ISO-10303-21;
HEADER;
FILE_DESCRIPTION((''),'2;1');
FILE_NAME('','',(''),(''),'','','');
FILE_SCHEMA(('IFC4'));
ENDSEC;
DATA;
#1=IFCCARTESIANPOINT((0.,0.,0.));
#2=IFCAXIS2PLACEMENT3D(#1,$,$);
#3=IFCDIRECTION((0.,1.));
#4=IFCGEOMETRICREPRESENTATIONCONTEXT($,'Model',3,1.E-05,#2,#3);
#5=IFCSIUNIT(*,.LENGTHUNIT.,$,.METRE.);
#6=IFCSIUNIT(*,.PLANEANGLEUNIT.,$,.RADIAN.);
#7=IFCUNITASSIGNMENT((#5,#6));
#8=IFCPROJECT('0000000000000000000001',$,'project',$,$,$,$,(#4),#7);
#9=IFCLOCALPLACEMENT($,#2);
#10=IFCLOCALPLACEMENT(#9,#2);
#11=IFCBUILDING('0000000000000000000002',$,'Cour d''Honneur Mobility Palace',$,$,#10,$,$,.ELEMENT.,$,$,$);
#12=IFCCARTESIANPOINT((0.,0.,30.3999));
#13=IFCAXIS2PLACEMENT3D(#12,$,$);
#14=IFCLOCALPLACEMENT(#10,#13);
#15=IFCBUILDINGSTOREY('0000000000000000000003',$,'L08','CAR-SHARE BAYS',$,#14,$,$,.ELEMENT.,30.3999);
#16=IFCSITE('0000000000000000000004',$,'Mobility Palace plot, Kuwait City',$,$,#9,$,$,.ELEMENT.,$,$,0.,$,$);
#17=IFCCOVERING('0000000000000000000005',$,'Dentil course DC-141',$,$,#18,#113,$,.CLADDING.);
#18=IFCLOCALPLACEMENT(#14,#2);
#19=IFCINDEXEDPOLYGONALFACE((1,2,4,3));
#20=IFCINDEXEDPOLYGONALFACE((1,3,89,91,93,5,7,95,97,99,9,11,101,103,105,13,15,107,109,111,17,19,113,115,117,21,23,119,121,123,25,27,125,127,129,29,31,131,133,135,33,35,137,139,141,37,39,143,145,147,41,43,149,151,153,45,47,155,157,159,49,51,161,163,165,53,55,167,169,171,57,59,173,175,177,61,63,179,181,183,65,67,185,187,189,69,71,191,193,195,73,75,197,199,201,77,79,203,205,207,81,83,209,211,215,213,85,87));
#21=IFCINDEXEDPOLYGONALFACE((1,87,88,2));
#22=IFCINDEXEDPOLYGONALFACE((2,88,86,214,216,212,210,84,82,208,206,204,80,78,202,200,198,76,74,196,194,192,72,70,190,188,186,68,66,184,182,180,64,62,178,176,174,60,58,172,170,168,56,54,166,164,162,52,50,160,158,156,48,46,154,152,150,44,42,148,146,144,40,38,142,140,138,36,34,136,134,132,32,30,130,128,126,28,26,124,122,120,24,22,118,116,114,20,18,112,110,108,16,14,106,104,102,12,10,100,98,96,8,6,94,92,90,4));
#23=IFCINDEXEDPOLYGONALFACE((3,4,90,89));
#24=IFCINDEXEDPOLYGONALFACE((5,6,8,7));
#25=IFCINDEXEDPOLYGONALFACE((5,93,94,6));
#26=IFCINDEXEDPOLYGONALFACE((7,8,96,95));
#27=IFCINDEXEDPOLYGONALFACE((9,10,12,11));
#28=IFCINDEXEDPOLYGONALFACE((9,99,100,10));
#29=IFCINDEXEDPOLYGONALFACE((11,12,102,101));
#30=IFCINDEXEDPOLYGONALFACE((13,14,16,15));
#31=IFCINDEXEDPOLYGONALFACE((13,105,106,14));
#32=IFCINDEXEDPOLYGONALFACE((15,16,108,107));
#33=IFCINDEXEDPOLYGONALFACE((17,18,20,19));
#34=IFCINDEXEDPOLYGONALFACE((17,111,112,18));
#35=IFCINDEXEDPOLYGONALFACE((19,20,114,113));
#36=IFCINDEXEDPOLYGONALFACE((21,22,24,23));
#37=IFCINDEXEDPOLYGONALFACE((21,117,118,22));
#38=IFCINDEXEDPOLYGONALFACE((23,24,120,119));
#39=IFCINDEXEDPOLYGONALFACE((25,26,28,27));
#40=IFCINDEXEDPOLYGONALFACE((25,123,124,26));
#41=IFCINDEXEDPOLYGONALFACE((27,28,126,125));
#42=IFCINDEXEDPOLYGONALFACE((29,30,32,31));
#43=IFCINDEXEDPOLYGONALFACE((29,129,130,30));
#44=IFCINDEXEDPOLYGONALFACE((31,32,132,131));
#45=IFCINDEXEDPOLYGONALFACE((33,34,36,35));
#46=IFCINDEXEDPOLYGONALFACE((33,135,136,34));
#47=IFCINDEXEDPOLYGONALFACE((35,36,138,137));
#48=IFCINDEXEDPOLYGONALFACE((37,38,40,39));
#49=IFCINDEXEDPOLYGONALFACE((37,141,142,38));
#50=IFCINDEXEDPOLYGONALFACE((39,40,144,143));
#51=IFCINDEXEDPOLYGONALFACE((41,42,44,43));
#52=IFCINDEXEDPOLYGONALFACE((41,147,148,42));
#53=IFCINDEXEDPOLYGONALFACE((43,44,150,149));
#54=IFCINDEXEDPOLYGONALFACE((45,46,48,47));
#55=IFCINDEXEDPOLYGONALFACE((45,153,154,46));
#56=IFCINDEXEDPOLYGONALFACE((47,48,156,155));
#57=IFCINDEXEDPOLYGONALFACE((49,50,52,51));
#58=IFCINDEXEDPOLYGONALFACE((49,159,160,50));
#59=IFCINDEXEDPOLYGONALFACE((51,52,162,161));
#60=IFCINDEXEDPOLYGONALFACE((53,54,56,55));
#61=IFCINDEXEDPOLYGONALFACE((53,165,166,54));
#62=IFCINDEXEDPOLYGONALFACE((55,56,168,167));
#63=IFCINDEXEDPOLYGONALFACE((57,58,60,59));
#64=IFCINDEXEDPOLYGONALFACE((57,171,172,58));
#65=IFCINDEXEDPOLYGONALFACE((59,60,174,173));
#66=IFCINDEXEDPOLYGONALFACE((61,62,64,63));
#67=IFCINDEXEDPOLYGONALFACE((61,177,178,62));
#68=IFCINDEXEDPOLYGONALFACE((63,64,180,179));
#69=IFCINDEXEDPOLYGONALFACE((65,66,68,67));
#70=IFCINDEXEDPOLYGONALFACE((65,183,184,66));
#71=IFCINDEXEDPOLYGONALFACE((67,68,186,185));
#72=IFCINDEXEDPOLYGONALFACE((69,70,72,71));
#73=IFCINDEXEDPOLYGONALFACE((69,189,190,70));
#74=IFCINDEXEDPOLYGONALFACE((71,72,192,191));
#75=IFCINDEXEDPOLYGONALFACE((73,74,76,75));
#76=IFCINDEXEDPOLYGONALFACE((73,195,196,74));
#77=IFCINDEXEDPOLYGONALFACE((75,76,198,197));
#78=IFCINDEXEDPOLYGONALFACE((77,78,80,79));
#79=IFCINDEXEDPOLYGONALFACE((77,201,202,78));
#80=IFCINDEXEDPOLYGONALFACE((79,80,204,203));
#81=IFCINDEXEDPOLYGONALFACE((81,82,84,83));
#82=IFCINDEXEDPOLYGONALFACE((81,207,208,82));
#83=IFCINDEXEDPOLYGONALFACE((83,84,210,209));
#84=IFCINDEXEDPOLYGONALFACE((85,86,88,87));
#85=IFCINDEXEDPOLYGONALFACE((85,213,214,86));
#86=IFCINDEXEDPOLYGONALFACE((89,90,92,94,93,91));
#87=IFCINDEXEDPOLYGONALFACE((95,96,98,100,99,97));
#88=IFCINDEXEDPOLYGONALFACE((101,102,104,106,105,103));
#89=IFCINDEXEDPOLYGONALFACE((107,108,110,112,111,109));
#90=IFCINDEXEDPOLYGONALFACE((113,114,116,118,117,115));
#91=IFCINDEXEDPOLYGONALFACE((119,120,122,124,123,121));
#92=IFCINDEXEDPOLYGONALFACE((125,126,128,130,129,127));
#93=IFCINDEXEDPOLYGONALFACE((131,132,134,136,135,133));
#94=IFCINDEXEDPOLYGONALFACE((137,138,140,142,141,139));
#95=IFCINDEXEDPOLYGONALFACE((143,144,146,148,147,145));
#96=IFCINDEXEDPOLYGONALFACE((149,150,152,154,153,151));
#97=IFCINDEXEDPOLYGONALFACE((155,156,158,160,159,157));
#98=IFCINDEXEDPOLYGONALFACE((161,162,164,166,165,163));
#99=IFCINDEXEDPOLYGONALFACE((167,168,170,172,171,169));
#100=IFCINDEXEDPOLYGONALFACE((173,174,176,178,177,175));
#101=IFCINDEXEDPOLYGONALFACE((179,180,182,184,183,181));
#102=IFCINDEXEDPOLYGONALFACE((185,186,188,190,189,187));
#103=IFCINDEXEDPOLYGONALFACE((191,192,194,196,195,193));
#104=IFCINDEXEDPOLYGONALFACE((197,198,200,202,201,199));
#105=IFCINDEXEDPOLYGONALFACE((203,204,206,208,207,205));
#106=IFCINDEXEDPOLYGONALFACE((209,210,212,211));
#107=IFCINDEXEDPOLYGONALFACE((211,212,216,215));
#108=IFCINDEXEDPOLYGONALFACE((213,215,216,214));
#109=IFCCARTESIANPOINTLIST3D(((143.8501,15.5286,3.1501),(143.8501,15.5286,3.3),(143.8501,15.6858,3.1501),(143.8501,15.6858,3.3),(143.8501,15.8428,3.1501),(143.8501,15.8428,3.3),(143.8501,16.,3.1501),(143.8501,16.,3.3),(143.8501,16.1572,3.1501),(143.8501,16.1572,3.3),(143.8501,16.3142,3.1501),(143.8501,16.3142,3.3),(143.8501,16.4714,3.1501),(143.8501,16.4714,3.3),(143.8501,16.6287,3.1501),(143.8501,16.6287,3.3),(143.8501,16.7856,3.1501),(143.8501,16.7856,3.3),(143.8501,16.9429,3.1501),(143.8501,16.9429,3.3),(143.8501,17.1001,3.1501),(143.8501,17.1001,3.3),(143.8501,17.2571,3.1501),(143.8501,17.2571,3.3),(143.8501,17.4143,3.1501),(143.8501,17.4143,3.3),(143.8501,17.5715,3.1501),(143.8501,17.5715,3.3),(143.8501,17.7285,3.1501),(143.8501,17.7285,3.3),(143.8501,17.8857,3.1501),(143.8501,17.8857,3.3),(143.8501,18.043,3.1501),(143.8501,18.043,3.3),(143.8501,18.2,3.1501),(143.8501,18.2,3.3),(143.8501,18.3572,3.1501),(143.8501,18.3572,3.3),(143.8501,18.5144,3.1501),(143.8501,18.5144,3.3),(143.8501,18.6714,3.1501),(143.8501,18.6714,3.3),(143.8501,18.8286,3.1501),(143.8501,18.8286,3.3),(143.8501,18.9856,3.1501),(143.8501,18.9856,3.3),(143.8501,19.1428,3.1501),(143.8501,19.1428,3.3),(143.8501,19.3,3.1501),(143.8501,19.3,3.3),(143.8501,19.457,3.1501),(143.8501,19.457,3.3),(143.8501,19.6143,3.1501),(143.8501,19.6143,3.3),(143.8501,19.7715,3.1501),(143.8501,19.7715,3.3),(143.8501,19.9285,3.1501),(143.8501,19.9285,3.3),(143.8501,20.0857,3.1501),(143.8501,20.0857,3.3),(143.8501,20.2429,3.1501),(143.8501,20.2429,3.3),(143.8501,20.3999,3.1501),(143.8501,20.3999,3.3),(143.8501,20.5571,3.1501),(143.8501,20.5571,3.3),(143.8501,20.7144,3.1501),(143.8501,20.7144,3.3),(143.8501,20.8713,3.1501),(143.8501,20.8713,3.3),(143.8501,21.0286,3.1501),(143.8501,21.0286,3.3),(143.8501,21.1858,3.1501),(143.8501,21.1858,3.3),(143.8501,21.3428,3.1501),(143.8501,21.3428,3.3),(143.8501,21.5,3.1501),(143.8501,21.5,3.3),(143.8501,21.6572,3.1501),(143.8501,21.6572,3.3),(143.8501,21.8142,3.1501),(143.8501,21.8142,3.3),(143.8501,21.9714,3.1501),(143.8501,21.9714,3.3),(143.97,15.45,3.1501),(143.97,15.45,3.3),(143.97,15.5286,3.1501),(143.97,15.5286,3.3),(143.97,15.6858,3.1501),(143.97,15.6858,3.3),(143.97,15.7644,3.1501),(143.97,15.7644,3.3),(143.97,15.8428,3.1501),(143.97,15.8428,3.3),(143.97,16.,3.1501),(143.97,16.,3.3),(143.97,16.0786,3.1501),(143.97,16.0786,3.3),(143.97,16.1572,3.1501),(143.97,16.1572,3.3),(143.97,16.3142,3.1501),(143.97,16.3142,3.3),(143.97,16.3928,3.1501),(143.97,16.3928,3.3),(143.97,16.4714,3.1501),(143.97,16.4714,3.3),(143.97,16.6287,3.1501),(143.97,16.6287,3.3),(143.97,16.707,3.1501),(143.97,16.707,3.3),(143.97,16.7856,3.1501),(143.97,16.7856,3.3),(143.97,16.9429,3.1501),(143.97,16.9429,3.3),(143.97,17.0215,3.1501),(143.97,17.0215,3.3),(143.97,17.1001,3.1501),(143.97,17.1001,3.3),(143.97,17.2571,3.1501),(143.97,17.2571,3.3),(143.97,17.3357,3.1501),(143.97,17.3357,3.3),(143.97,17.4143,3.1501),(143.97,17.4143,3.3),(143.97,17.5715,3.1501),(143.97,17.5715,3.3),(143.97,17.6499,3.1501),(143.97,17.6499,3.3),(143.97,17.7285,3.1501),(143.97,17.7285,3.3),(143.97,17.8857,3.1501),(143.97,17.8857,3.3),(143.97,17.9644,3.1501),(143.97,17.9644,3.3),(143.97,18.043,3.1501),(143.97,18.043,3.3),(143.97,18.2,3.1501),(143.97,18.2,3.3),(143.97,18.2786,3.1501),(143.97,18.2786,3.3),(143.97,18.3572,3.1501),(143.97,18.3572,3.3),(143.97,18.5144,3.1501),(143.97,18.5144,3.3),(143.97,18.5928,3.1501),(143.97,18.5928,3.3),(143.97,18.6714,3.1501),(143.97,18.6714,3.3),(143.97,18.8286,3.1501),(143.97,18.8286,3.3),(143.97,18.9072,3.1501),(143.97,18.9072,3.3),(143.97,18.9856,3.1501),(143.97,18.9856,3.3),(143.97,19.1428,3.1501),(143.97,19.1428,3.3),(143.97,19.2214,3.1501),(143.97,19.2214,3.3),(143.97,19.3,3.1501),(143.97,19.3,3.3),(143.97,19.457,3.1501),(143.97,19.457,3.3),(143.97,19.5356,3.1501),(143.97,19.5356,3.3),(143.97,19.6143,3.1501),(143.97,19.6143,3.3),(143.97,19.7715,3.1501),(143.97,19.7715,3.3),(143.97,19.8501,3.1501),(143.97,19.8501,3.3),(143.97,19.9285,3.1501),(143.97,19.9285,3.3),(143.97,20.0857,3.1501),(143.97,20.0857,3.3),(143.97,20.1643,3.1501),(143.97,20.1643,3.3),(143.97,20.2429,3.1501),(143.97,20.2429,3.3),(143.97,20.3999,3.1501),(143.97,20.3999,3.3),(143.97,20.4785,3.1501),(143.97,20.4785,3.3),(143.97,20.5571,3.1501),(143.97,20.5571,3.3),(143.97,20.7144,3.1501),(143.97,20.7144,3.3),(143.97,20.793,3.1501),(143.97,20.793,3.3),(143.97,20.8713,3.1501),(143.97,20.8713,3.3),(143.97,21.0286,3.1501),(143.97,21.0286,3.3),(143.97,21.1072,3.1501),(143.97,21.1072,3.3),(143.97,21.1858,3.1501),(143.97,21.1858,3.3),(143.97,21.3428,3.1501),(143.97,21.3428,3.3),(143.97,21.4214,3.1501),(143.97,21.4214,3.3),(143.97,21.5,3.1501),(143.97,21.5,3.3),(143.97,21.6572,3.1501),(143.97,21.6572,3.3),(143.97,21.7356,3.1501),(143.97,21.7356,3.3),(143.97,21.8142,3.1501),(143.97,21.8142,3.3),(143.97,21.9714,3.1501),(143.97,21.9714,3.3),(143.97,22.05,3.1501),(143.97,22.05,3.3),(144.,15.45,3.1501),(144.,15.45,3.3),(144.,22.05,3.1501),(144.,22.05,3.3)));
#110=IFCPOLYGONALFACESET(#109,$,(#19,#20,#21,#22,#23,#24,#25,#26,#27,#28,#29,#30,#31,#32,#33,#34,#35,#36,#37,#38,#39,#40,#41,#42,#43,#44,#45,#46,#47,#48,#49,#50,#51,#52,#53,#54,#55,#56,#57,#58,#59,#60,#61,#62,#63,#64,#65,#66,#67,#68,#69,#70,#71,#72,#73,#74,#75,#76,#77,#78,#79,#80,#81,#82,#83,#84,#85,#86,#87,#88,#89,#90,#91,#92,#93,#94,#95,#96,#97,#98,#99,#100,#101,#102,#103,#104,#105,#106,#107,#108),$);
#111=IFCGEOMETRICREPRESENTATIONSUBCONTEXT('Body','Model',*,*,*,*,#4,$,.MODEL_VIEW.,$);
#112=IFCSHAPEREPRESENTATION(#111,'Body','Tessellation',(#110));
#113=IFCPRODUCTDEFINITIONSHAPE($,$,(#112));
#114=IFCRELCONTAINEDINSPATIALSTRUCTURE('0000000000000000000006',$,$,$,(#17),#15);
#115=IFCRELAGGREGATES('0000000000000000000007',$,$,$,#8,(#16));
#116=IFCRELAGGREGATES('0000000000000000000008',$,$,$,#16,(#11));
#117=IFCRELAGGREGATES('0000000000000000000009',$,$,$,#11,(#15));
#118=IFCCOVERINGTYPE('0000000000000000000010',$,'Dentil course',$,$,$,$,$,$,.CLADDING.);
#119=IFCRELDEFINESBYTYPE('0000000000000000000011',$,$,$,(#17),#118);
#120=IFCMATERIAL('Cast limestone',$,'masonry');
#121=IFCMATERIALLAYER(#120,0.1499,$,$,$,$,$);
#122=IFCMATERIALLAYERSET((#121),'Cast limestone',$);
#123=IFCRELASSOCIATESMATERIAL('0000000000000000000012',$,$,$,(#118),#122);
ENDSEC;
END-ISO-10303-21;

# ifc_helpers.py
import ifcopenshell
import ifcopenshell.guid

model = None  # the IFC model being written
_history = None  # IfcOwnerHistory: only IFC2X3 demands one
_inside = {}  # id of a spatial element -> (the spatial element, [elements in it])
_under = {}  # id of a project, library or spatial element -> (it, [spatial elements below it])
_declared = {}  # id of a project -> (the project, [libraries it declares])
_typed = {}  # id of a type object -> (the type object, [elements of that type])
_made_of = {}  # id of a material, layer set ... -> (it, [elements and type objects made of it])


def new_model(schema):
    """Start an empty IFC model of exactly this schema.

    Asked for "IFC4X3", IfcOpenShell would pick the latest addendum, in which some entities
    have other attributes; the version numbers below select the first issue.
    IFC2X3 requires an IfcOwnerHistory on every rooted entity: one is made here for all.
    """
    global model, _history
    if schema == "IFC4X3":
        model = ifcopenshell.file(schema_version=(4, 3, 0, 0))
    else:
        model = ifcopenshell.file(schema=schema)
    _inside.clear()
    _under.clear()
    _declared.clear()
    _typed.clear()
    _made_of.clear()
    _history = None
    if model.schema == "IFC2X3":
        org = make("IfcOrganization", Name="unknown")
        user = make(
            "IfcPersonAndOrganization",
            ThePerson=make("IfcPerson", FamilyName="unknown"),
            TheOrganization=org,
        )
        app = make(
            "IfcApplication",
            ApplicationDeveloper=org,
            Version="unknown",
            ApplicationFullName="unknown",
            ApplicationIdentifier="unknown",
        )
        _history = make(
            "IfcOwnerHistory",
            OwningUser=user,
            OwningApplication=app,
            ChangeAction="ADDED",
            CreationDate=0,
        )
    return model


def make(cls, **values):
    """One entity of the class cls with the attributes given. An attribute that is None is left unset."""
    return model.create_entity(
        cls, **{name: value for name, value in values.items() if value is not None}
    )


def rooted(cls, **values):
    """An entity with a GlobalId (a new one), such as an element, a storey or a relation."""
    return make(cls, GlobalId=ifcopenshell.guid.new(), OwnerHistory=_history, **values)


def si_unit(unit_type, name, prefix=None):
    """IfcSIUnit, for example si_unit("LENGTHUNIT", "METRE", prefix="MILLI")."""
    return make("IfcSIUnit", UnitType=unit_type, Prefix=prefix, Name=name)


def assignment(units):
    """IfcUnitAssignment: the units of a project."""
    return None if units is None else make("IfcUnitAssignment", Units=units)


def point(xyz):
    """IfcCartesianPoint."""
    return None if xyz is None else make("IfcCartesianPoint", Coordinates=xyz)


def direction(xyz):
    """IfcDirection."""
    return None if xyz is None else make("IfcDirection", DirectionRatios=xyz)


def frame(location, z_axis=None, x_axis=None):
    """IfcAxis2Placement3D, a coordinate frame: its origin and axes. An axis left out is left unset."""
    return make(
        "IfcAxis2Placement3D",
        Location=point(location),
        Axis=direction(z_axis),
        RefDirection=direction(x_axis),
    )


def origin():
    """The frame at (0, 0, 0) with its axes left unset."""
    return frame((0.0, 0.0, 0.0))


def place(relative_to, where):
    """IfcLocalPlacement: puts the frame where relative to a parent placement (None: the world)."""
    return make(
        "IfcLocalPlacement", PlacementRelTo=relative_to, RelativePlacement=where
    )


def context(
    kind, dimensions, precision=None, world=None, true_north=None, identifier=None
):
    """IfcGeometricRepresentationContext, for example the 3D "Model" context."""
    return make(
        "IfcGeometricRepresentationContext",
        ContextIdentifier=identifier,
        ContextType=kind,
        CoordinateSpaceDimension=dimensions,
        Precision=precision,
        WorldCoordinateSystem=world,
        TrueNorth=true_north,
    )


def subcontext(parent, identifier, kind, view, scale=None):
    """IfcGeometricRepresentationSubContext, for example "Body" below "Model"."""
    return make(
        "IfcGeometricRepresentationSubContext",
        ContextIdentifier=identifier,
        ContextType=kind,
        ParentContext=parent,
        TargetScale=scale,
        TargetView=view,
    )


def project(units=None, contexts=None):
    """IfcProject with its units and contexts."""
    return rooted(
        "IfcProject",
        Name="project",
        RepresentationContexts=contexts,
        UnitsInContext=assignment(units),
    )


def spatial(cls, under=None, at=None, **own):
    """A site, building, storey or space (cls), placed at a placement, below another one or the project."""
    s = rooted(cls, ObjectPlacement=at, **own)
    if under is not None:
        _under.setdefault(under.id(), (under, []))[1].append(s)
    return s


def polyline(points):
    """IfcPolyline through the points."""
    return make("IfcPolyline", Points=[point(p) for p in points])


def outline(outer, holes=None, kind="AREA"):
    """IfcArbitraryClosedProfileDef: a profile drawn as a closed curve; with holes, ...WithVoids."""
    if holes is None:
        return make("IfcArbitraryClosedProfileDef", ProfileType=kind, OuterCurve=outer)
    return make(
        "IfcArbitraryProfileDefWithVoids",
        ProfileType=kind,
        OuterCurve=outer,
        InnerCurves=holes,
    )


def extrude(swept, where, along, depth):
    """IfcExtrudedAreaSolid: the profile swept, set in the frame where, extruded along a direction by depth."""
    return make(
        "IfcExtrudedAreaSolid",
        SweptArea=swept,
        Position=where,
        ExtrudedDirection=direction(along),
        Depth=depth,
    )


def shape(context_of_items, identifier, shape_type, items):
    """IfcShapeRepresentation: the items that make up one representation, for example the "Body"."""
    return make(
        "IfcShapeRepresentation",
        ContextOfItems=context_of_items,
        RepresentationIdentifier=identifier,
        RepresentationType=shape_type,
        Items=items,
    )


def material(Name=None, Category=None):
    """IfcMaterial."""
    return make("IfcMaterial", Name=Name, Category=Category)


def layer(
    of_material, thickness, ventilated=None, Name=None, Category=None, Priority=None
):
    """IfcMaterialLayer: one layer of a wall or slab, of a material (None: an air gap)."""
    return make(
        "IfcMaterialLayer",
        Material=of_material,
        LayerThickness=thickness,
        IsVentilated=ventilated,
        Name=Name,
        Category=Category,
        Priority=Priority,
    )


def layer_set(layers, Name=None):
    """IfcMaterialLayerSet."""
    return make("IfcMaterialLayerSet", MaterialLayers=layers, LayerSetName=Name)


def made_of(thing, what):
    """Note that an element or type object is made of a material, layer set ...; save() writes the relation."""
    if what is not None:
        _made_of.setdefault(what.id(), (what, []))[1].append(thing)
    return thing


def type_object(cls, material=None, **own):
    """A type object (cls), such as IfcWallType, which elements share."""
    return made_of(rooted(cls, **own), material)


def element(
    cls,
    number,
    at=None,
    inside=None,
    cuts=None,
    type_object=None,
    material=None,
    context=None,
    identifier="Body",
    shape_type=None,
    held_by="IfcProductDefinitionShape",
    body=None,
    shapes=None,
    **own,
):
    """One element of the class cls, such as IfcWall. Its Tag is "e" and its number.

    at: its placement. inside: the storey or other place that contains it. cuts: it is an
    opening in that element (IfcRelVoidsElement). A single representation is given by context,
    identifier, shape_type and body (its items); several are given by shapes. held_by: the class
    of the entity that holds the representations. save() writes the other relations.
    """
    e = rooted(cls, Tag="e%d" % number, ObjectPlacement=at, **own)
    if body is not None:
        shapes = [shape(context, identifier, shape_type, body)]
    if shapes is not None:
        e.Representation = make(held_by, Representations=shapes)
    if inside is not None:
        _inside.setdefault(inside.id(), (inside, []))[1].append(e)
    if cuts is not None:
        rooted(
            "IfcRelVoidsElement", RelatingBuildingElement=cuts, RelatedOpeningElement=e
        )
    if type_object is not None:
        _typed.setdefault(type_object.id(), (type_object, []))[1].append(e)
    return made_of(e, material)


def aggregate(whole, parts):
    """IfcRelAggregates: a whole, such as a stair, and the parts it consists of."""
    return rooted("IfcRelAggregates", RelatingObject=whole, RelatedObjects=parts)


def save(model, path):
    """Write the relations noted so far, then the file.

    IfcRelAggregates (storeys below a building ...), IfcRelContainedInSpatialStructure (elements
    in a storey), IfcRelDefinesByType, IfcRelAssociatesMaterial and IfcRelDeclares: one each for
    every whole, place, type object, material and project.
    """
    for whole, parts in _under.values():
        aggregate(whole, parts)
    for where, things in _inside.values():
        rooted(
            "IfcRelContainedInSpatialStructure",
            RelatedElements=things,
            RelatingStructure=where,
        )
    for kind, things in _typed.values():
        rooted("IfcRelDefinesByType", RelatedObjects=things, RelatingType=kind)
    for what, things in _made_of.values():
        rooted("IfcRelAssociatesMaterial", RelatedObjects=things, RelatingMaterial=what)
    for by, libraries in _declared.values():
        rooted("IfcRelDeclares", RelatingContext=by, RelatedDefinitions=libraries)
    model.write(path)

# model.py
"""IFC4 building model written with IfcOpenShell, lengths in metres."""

from ifc_helpers import new_model, si_unit, direction, frame, origin, place, context, subcontext, project, spatial, polyline, outline, extrude, material, layer, layer_set, type_object, element, save


model = new_model("IFC4")

# Units and contexts
model_context = context("Model", 3, precision=1e-05, world=origin(), true_north=direction((0.0, 1.0)))
body_context = subcontext(model_context, "Body", "Model", "MODEL_VIEW")
ifc_project = project(units=[si_unit("LENGTHUNIT", "METRE"), si_unit("PLANEANGLEUNIT", "RADIAN")], contexts=[model_context])

# Site, building, storey
site_placement = place(None, origin())
site = spatial("IfcSite", under=ifc_project, at=site_placement, Name="Mobility Palace plot, Kuwait City", CompositionType="ELEMENT", RefElevation=0.0)
building_placement = place(site_placement, origin())
building = spatial("IfcBuilding", under=site, at=building_placement, Name="Cour d'Honneur Mobility Palace", CompositionType="ELEMENT")
storey_placement = place(building_placement, frame((0.0, 0.0, 30.3999)))
storey = spatial("IfcBuildingStorey", under=building, at=storey_placement, Name="L08", Description="CAR-SHARE BAYS", CompositionType="ELEMENT", Elevation=30.3999)

# Covering
ifc_material_1 = material(Name="Cast limestone", Category="masonry")
ifc_layer_1 = layer(ifc_material_1, 0.1499)
ifc_layer_set_1 = layer_set([ifc_layer_1], Name="Cast limestone")
covering_type_1 = type_object("IfcCoveringType", Name="Dentil course", PredefinedType="CLADDING", material=ifc_layer_set_1)
covering_1_placement = place(storey_placement, frame((0.0, 0.0, 3.1501)))
element("IfcCovering", 1, at=covering_1_placement, inside=storey, type_object=covering_type_1, Name="Dentil course DC-141", PredefinedType="CLADDING", context=body_context, shape_type="SweptSolid", body=[
    extrude(outline(polyline([(144.0, 22.05), (144.0, 15.45), (143.97, 15.45), (143.97, 15.45), (143.97, 15.5286), (143.8501, 15.5286), (143.8501, 15.6858), (143.97, 15.6858), (143.97, 15.7644), (143.97, 15.7644), (143.97, 15.8428), (143.8501, 15.8428), (143.8501, 16.0), (143.97, 16.0), (143.97, 16.0786), (143.97, 16.0786), (143.97, 16.1572), (143.8501, 16.1572), (143.8501, 16.3142), (143.97, 16.3142), (143.97, 16.3928), (143.97, 16.3928), (143.97, 16.4714), (143.8501, 16.4714), (143.8501, 16.6287), (143.97, 16.6287), (143.97, 16.707), (143.97, 16.707), (143.97, 16.7856), (143.8501, 16.7856), (143.8501, 16.9429), (143.97, 16.9429), (143.97, 17.0215), (143.97, 17.0215), (143.97, 17.1001), (143.8501, 17.1001), (143.8501, 17.2571), (143.97, 17.2571), (143.97, 17.3357), (143.97, 17.3357), (143.97, 17.4143), (143.8501, 17.4143), (143.8501, 17.5715), (143.97, 17.5715), (143.97, 17.6499), (143.97, 17.6499), (143.97, 17.7285), (143.8501, 17.7285), (143.8501, 17.8857), (143.97, 17.8857), (143.97, 17.9644), (143.97, 17.9644), (143.97, 18.043), (143.8501, 18.043), (143.8501, 18.2), (143.97, 18.2), (143.97, 18.2786), (143.97, 18.2786), (143.97, 18.3572), (143.8501, 18.3572), (143.8501, 18.5144), (143.97, 18.5144), (143.97, 18.5928), (143.97, 18.5928), (143.97, 18.6714), (143.8501, 18.6714), (143.8501, 18.8286), (143.97, 18.8286), (143.97, 18.9072), (143.97, 18.9072), (143.97, 18.9856), (143.8501, 18.9856), (143.8501, 19.1428), (143.97, 19.1428), (143.97, 19.2214), (143.97, 19.2214), (143.97, 19.3), (143.8501, 19.3), (143.8501, 19.457), (143.97, 19.457), (143.97, 19.5356), (143.97, 19.5356), (143.97, 19.6143), (143.8501, 19.6143), (143.8501, 19.7715), (143.97, 19.7715), (143.97, 19.8501), (143.97, 19.8501), (143.97, 19.9285), (143.8501, 19.9285), (143.8501, 20.0857), (143.97, 20.0857), (143.97, 20.1643), (143.97, 20.1643), (143.97, 20.2429), (143.8501, 20.2429), (143.8501, 20.3999), (143.97, 20.3999), (143.97, 20.4785), (143.97, 20.4785), (143.97, 20.5571), (143.8501, 20.5571), (143.8501, 20.7144), (143.97, 20.7144), (143.97, 20.793), (143.97, 20.793), (143.97, 20.8713), (143.8501, 20.8713), (143.8501, 21.0286), (143.97, 21.0286), (143.97, 21.1072), (143.97, 21.1072), (143.97, 21.1858), (143.8501, 21.1858), (143.8501, 21.3428), (143.97, 21.3428), (143.97, 21.4214), (143.97, 21.4214), (143.97, 21.5), (143.8501, 21.5), (143.8501, 21.6572), (143.97, 21.6572), (143.97, 21.7356), (143.97, 21.7356), (143.97, 21.8142), (143.8501, 21.8142), (143.8501, 21.9714), (143.97, 21.9714), (143.97, 22.05), (144.0, 22.05)])), origin(), (0.0, 0.0, 1.0), 0.1499),
])

save(model, "model.ifc")
